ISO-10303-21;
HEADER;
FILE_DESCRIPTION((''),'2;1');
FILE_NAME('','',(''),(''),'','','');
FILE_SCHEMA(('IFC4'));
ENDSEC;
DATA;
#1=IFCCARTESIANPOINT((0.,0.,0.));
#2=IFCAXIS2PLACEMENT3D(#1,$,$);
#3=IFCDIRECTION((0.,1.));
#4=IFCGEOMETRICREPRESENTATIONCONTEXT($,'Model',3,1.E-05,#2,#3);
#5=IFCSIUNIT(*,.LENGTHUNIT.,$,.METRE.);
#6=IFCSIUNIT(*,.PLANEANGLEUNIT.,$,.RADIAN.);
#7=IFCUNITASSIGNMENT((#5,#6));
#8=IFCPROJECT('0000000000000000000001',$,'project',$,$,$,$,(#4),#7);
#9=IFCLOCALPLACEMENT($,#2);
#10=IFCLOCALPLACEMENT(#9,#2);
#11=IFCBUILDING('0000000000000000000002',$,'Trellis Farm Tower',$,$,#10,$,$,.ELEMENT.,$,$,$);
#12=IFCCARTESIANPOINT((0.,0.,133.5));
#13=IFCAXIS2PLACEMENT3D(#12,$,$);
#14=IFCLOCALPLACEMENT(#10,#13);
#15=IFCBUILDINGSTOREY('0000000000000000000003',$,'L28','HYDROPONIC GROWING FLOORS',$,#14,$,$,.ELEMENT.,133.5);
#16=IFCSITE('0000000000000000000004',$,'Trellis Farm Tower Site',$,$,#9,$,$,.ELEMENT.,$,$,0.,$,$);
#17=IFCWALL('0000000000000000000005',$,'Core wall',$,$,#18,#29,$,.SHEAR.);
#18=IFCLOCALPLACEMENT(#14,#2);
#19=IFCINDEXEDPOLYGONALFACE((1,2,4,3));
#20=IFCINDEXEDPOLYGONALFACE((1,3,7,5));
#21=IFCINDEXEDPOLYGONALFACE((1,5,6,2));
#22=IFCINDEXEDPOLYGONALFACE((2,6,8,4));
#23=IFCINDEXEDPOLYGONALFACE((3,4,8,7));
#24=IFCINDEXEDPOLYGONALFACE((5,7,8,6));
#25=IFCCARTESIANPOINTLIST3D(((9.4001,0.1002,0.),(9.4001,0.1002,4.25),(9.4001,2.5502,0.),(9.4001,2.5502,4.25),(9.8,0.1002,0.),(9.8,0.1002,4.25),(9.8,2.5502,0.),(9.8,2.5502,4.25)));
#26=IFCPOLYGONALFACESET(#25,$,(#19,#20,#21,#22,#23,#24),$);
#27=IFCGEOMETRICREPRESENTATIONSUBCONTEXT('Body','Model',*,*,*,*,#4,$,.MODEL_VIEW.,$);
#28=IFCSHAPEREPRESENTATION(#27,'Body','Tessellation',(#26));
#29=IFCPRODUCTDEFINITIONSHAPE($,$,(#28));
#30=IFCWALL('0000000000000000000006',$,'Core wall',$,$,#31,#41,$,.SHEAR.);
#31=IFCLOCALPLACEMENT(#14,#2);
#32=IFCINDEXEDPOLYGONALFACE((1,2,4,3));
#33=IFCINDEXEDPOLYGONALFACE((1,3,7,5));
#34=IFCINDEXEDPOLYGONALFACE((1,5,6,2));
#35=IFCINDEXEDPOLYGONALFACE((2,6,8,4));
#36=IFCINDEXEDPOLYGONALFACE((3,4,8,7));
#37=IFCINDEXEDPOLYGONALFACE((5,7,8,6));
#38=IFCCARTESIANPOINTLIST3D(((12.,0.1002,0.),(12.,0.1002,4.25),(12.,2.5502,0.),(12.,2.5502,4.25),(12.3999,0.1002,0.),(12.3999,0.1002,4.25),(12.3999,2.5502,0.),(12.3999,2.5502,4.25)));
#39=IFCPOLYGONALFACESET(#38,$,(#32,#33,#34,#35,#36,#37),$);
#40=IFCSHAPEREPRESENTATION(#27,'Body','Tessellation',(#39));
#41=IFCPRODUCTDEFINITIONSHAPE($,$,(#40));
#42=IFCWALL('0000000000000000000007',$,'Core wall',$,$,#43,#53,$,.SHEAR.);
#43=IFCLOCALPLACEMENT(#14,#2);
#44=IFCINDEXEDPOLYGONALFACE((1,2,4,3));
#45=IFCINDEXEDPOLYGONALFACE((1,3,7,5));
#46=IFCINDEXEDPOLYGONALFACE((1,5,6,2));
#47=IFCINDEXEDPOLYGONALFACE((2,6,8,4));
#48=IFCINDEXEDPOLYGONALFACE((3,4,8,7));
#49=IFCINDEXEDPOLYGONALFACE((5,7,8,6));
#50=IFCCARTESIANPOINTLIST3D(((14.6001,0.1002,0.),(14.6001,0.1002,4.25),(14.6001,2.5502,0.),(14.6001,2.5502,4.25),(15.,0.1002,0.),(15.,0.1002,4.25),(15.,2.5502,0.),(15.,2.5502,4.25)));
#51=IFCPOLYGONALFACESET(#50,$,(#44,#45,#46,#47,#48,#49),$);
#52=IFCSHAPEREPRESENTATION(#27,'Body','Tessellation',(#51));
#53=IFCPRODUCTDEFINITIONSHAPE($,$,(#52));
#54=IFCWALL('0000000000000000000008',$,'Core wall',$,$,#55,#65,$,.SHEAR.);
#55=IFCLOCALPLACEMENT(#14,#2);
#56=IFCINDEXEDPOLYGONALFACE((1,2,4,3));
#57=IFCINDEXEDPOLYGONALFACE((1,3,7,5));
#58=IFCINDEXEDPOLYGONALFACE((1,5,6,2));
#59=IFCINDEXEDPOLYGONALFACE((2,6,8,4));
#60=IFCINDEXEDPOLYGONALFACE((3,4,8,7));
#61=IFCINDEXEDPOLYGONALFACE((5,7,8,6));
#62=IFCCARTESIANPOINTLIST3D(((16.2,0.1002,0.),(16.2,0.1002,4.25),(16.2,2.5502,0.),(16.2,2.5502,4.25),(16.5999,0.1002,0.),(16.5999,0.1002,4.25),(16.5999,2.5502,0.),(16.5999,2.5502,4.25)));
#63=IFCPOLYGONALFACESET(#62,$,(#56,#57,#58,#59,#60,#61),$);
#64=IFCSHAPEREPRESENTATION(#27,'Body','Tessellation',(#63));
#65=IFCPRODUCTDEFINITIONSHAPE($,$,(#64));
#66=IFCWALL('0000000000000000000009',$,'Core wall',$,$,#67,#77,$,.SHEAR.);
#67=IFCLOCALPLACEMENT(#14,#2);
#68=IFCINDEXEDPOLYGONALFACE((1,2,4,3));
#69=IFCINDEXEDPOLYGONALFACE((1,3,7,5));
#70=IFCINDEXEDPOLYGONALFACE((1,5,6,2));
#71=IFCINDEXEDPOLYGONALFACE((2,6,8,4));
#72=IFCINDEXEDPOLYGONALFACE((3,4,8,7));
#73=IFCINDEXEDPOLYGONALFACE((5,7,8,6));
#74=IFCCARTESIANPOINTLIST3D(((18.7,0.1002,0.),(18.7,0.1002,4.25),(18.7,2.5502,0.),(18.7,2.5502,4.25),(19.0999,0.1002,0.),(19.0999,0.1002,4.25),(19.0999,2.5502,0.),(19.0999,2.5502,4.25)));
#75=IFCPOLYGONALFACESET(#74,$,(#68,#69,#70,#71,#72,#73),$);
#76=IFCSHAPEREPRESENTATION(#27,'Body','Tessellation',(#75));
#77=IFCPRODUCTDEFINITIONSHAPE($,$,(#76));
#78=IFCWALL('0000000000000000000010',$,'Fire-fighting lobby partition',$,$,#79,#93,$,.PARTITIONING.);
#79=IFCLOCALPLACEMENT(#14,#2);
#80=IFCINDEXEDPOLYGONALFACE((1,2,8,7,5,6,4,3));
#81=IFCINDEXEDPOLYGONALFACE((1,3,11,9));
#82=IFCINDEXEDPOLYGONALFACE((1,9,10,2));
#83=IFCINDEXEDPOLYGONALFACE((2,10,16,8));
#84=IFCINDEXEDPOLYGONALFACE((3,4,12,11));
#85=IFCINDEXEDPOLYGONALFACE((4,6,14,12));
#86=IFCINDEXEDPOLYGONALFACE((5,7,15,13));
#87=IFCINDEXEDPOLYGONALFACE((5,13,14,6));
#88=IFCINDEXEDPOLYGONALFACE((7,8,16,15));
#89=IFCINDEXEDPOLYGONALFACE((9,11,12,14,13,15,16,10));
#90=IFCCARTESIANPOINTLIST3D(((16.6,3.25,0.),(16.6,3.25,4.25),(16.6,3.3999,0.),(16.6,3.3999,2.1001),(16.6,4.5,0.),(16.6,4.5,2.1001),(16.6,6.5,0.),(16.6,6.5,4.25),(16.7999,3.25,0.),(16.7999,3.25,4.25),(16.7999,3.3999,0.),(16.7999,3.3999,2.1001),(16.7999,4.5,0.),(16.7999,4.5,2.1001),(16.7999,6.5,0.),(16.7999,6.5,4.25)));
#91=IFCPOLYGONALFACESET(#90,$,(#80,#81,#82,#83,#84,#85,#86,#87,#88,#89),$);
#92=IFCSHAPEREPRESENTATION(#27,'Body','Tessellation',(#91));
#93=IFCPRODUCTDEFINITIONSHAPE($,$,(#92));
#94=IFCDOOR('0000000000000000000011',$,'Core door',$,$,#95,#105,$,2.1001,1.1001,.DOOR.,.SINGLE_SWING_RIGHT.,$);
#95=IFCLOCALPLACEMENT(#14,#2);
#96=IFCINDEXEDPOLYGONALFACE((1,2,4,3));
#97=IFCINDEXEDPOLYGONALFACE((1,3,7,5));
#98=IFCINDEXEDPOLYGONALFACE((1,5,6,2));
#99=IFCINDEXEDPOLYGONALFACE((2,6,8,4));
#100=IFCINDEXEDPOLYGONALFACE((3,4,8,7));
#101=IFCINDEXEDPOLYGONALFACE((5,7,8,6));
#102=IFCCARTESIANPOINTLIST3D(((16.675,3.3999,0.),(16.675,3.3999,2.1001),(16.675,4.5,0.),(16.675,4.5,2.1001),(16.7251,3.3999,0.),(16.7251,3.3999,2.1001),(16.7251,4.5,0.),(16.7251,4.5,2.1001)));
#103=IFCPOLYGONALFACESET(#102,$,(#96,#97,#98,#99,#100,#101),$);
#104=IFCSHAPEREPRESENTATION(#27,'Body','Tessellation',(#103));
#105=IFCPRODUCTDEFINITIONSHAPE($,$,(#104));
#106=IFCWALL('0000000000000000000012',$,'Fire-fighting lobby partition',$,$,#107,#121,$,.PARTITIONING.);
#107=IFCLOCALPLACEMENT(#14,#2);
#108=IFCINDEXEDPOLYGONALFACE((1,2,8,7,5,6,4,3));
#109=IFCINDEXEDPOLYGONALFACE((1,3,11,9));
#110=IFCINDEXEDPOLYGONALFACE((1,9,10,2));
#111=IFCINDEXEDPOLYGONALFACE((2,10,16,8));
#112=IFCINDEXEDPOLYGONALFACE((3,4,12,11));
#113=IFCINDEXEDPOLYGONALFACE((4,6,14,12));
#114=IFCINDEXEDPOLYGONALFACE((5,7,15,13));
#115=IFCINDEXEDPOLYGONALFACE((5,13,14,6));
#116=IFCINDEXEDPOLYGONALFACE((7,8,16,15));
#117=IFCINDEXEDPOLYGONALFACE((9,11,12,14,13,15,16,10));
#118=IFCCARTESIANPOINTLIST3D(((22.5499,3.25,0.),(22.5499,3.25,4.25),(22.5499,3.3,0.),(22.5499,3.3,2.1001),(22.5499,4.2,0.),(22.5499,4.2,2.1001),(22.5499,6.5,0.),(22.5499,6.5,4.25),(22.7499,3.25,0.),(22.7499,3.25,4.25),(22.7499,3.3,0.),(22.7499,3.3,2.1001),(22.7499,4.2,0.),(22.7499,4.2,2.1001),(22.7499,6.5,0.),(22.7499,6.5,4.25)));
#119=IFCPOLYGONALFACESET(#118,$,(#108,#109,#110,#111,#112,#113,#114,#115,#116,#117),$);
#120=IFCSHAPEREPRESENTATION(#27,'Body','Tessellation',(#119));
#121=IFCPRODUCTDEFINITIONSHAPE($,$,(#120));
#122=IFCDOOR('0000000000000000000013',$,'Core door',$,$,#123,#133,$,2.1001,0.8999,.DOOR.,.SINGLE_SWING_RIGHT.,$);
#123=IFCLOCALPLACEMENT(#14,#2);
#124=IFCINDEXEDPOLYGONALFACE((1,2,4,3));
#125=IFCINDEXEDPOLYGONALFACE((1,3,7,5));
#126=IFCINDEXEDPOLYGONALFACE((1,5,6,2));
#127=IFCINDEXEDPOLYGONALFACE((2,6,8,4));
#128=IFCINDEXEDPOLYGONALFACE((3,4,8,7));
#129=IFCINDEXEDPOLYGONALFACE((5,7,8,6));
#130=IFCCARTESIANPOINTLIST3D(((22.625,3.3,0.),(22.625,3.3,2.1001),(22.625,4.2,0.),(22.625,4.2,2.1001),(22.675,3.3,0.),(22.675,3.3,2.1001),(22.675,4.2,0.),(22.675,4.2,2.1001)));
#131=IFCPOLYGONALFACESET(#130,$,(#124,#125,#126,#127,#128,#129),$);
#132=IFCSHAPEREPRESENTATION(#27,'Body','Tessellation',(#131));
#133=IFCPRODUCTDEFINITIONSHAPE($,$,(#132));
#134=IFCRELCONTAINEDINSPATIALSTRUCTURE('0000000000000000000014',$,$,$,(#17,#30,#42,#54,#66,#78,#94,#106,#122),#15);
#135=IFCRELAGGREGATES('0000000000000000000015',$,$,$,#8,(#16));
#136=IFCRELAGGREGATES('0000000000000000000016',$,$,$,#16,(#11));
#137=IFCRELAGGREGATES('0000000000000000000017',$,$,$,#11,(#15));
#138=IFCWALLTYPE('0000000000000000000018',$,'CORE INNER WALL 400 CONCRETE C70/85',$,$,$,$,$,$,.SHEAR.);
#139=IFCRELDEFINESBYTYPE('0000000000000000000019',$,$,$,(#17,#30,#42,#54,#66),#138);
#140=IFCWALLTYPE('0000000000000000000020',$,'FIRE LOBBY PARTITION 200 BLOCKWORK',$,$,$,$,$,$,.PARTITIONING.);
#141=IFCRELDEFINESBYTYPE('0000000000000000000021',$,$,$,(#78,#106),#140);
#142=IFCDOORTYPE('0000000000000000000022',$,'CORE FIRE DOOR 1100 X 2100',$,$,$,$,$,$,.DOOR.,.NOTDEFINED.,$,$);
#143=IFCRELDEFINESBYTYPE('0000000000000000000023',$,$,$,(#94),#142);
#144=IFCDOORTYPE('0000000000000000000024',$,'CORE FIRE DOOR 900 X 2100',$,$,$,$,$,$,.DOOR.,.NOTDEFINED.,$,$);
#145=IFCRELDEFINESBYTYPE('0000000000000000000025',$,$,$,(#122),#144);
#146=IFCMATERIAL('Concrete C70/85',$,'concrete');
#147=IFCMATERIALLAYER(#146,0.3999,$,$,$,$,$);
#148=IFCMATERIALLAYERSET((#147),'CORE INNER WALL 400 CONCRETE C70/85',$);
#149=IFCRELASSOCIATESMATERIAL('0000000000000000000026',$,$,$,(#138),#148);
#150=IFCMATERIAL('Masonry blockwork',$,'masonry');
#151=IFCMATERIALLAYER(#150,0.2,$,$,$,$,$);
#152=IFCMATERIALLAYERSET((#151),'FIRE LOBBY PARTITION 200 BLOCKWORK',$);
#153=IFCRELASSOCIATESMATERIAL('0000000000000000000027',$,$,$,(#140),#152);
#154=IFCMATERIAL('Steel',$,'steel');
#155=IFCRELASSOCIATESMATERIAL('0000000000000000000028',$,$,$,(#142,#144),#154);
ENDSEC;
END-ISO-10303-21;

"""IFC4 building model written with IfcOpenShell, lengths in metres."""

from ifc_helpers import new_model, si_unit, direction, frame, frame_2d, origin, place, context, subcontext, project, spatial, rectangle, extrude, source, transform, mapped, material, layer, layer_set, type_object, element, fill, save


model = new_model("IFC4")

# Units and contexts
model_context = context("Model", 3, precision=1e-05, world=origin(), true_north=direction((0.0, 1.0)))
body_context = subcontext(model_context, "Body", "Model", "MODEL_VIEW")
ifc_project = project(units=[si_unit("LENGTHUNIT", "METRE"), si_unit("PLANEANGLEUNIT", "RADIAN")], contexts=[model_context])

# Site, building, storey
site_placement = place(None, origin())
site = spatial("IfcSite", under=ifc_project, at=site_placement, Name="Trellis Farm Tower Site", CompositionType="ELEMENT", RefElevation=0.0)
building_placement = place(site_placement, origin())
building = spatial("IfcBuilding", under=site, at=building_placement, Name="Trellis Farm Tower", CompositionType="ELEMENT")
storey_placement = place(building_placement, frame((0.0, 0.0, 133.5)))
storey = spatial("IfcBuildingStorey", under=building, at=storey_placement, Name="L28", Description="HYDROPONIC GROWING FLOORS", CompositionType="ELEMENT", Elevation=133.5)

# Walls
ifc_material_1 = material(Name="Concrete C70/85", Category="concrete")
ifc_layer_1 = layer(ifc_material_1, 0.3999)
ifc_layer_set_1 = layer_set([ifc_layer_1], Name="CORE INNER WALL 400 CONCRETE C70/85")
wall_type_1 = type_object("IfcWallType", Name="CORE INNER WALL 400 CONCRETE C70/85", PredefinedType="SHEAR", material=ifc_layer_set_1)
shared_shape_1 = source(origin(), body_context, "Body", "SweptSolid", [
    extrude(rectangle(XDim=2.45, YDim=0.3999, at=frame_2d((1.2251, 0.0))), origin(), (0.0, 0.0, 1.0), 4.25),
])
for number, where, z_axis, x_axis, name in (
    (1, (9.6001, 0.1001, 0.0), (0.0, 0.0, 1.0), (0.0, 1.0, 0.0), "Core wall"),
    (2, (12.2, 0.1001, 0.0), (0.0, 0.0, 1.0), (0.0, 1.0, 0.0), "Core wall"),
    (3, (14.8, 0.1001, 0.0), (0.0, 0.0, 1.0), (0.0, 1.0, 0.0), "Core wall"),
    (4, (16.3999, 0.1001, 0.0), (0.0, 0.0, 1.0), (0.0, 1.0, 0.0), "Core wall"),
    (5, (18.8999, 0.1001, 0.0), (0.0, 0.0, 1.0), (0.0, 1.0, 0.0), "Core wall"),
):
    element("IfcWall", number, at=place(storey_placement, frame(where, z_axis=z_axis, x_axis=x_axis)), inside=storey, type_object=wall_type_1, Name=name, PredefinedType="SHEAR", context=body_context, shape_type="MappedRepresentation", body=[
        mapped(shared_shape_1, transform((0.0, 0.0, 0.0))),
    ])

# Walls, openings, doors
ifc_material_2 = material(Name="Masonry blockwork", Category="masonry")
ifc_layer_2 = layer(ifc_material_2, 0.2)
ifc_layer_set_2 = layer_set([ifc_layer_2], Name="FIRE LOBBY PARTITION 200 BLOCKWORK")
wall_type_2 = type_object("IfcWallType", Name="FIRE LOBBY PARTITION 200 BLOCKWORK", PredefinedType="PARTITIONING", material=ifc_layer_set_2)
shared_shape_2 = source(origin(), body_context, "Body", "SweptSolid", [
    extrude(rectangle(XDim=3.25, YDim=0.2, at=frame_2d((1.625, 0.0))), origin(), (0.0, 0.0, 1.0), 4.25),
])
wall_1_placement = place(storey_placement, frame((16.7, 3.25, 0.0), z_axis=(0.0, 0.0, 1.0), x_axis=(0.0, 1.0, 0.0)))
wall_1 = element("IfcWall", 6, at=wall_1_placement, inside=storey, type_object=wall_type_2, Name="Fire-fighting lobby partition", PredefinedType="PARTITIONING", context=body_context, shape_type="MappedRepresentation", body=[
    mapped(shared_shape_2, transform((0.0, 0.0, 0.0))),
])
shared_shape_3 = source(origin(), body_context, "Body", "SweptSolid", [
    extrude(rectangle(XDim=1.1001, YDim=2.1001, at=frame_2d((0.55, 1.05))), frame((0.0, 0.1101, 0.0), z_axis=(0.0, -1.0, 0.0), x_axis=(1.0, 0.0, 0.0)), (0.0, 0.0, 1.0), 0.2202),
])
opening_1_placement = place(wall_1_placement, frame((0.1499, 0.0, 0.0)))
opening_1 = element("IfcOpeningElement", 7, at=opening_1_placement, cuts=wall_1, PredefinedType="OPENING", context=body_context, shape_type="MappedRepresentation", body=[
    mapped(shared_shape_3, transform((0.0, 0.0, 0.0))),
])
ifc_material_3 = material(Name="Steel", Category="steel")
door_type_1 = type_object("IfcDoorType", Name="CORE FIRE DOOR 1100 X 2100", OperationType="NOTDEFINED", PredefinedType="DOOR", material=ifc_material_3)
shared_shape_4 = source(origin(), body_context, "Body", "SweptSolid", [
    extrude(rectangle(XDim=1.1001, YDim=2.1001, at=frame_2d((0.55, 1.05))), frame((0.0, 0.0249, 0.0), z_axis=(0.0, -1.0, 0.0), x_axis=(1.0, 0.0, 0.0)), (0.0, 0.0, 1.0), 0.05),
])
door_1_placement = place(opening_1_placement, origin())
door_1 = element("IfcDoor", 8, at=door_1_placement, inside=storey, type_object=door_type_1, Name="Core door", OperationType="SINGLE_SWING_RIGHT", OverallHeight=2.1001, OverallWidth=1.1001, PredefinedType="DOOR", context=body_context, shape_type="MappedRepresentation", body=[
    mapped(shared_shape_4, transform((0.0, 0.0, 0.0))),
])
fill(opening_1, door_1)
wall_2_placement = place(storey_placement, frame((22.6499, 3.25, 0.0), z_axis=(0.0, 0.0, 1.0), x_axis=(0.0, 1.0, 0.0)))
wall_2 = element("IfcWall", 9, at=wall_2_placement, inside=storey, type_object=wall_type_2, Name="Fire-fighting lobby partition", PredefinedType="PARTITIONING", context=body_context, shape_type="MappedRepresentation", body=[
    mapped(shared_shape_2, transform((0.0, 0.0, 0.0))),
])
shared_shape_5 = source(origin(), body_context, "Body", "SweptSolid", [
    extrude(rectangle(XDim=0.8999, YDim=2.1001, at=frame_2d((0.45, 1.05))), frame((0.0, 0.1101, 0.0), z_axis=(0.0, -1.0, 0.0), x_axis=(1.0, 0.0, 0.0)), (0.0, 0.0, 1.0), 0.2202),
])
opening_2_placement = place(wall_2_placement, frame((0.05, 0.0, 0.0)))
opening_2 = element("IfcOpeningElement", 10, at=opening_2_placement, cuts=wall_2, PredefinedType="OPENING", context=body_context, shape_type="MappedRepresentation", body=[
    mapped(shared_shape_5, transform((0.0, 0.0, 0.0))),
])
door_type_2 = type_object("IfcDoorType", Name="CORE FIRE DOOR 900 X 2100", OperationType="NOTDEFINED", PredefinedType="DOOR", material=ifc_material_3)
shared_shape_6 = source(origin(), body_context, "Body", "SweptSolid", [
    extrude(rectangle(XDim=0.8999, YDim=2.1001, at=frame_2d((0.45, 1.05))), frame((0.0, 0.0249, 0.0), z_axis=(0.0, -1.0, 0.0), x_axis=(1.0, 0.0, 0.0)), (0.0, 0.0, 1.0), 0.05),
])
door_2_placement = place(opening_2_placement, origin())
door_2 = element("IfcDoor", 11, at=door_2_placement, inside=storey, type_object=door_type_2, Name="Core door", OperationType="SINGLE_SWING_RIGHT", OverallHeight=2.1001, OverallWidth=0.8999, PredefinedType="DOOR", context=body_context, shape_type="MappedRepresentation", body=[
    mapped(shared_shape_6, transform((0.0, 0.0, 0.0))),
])
fill(opening_2, door_2)

save(model, "model.ifc")
